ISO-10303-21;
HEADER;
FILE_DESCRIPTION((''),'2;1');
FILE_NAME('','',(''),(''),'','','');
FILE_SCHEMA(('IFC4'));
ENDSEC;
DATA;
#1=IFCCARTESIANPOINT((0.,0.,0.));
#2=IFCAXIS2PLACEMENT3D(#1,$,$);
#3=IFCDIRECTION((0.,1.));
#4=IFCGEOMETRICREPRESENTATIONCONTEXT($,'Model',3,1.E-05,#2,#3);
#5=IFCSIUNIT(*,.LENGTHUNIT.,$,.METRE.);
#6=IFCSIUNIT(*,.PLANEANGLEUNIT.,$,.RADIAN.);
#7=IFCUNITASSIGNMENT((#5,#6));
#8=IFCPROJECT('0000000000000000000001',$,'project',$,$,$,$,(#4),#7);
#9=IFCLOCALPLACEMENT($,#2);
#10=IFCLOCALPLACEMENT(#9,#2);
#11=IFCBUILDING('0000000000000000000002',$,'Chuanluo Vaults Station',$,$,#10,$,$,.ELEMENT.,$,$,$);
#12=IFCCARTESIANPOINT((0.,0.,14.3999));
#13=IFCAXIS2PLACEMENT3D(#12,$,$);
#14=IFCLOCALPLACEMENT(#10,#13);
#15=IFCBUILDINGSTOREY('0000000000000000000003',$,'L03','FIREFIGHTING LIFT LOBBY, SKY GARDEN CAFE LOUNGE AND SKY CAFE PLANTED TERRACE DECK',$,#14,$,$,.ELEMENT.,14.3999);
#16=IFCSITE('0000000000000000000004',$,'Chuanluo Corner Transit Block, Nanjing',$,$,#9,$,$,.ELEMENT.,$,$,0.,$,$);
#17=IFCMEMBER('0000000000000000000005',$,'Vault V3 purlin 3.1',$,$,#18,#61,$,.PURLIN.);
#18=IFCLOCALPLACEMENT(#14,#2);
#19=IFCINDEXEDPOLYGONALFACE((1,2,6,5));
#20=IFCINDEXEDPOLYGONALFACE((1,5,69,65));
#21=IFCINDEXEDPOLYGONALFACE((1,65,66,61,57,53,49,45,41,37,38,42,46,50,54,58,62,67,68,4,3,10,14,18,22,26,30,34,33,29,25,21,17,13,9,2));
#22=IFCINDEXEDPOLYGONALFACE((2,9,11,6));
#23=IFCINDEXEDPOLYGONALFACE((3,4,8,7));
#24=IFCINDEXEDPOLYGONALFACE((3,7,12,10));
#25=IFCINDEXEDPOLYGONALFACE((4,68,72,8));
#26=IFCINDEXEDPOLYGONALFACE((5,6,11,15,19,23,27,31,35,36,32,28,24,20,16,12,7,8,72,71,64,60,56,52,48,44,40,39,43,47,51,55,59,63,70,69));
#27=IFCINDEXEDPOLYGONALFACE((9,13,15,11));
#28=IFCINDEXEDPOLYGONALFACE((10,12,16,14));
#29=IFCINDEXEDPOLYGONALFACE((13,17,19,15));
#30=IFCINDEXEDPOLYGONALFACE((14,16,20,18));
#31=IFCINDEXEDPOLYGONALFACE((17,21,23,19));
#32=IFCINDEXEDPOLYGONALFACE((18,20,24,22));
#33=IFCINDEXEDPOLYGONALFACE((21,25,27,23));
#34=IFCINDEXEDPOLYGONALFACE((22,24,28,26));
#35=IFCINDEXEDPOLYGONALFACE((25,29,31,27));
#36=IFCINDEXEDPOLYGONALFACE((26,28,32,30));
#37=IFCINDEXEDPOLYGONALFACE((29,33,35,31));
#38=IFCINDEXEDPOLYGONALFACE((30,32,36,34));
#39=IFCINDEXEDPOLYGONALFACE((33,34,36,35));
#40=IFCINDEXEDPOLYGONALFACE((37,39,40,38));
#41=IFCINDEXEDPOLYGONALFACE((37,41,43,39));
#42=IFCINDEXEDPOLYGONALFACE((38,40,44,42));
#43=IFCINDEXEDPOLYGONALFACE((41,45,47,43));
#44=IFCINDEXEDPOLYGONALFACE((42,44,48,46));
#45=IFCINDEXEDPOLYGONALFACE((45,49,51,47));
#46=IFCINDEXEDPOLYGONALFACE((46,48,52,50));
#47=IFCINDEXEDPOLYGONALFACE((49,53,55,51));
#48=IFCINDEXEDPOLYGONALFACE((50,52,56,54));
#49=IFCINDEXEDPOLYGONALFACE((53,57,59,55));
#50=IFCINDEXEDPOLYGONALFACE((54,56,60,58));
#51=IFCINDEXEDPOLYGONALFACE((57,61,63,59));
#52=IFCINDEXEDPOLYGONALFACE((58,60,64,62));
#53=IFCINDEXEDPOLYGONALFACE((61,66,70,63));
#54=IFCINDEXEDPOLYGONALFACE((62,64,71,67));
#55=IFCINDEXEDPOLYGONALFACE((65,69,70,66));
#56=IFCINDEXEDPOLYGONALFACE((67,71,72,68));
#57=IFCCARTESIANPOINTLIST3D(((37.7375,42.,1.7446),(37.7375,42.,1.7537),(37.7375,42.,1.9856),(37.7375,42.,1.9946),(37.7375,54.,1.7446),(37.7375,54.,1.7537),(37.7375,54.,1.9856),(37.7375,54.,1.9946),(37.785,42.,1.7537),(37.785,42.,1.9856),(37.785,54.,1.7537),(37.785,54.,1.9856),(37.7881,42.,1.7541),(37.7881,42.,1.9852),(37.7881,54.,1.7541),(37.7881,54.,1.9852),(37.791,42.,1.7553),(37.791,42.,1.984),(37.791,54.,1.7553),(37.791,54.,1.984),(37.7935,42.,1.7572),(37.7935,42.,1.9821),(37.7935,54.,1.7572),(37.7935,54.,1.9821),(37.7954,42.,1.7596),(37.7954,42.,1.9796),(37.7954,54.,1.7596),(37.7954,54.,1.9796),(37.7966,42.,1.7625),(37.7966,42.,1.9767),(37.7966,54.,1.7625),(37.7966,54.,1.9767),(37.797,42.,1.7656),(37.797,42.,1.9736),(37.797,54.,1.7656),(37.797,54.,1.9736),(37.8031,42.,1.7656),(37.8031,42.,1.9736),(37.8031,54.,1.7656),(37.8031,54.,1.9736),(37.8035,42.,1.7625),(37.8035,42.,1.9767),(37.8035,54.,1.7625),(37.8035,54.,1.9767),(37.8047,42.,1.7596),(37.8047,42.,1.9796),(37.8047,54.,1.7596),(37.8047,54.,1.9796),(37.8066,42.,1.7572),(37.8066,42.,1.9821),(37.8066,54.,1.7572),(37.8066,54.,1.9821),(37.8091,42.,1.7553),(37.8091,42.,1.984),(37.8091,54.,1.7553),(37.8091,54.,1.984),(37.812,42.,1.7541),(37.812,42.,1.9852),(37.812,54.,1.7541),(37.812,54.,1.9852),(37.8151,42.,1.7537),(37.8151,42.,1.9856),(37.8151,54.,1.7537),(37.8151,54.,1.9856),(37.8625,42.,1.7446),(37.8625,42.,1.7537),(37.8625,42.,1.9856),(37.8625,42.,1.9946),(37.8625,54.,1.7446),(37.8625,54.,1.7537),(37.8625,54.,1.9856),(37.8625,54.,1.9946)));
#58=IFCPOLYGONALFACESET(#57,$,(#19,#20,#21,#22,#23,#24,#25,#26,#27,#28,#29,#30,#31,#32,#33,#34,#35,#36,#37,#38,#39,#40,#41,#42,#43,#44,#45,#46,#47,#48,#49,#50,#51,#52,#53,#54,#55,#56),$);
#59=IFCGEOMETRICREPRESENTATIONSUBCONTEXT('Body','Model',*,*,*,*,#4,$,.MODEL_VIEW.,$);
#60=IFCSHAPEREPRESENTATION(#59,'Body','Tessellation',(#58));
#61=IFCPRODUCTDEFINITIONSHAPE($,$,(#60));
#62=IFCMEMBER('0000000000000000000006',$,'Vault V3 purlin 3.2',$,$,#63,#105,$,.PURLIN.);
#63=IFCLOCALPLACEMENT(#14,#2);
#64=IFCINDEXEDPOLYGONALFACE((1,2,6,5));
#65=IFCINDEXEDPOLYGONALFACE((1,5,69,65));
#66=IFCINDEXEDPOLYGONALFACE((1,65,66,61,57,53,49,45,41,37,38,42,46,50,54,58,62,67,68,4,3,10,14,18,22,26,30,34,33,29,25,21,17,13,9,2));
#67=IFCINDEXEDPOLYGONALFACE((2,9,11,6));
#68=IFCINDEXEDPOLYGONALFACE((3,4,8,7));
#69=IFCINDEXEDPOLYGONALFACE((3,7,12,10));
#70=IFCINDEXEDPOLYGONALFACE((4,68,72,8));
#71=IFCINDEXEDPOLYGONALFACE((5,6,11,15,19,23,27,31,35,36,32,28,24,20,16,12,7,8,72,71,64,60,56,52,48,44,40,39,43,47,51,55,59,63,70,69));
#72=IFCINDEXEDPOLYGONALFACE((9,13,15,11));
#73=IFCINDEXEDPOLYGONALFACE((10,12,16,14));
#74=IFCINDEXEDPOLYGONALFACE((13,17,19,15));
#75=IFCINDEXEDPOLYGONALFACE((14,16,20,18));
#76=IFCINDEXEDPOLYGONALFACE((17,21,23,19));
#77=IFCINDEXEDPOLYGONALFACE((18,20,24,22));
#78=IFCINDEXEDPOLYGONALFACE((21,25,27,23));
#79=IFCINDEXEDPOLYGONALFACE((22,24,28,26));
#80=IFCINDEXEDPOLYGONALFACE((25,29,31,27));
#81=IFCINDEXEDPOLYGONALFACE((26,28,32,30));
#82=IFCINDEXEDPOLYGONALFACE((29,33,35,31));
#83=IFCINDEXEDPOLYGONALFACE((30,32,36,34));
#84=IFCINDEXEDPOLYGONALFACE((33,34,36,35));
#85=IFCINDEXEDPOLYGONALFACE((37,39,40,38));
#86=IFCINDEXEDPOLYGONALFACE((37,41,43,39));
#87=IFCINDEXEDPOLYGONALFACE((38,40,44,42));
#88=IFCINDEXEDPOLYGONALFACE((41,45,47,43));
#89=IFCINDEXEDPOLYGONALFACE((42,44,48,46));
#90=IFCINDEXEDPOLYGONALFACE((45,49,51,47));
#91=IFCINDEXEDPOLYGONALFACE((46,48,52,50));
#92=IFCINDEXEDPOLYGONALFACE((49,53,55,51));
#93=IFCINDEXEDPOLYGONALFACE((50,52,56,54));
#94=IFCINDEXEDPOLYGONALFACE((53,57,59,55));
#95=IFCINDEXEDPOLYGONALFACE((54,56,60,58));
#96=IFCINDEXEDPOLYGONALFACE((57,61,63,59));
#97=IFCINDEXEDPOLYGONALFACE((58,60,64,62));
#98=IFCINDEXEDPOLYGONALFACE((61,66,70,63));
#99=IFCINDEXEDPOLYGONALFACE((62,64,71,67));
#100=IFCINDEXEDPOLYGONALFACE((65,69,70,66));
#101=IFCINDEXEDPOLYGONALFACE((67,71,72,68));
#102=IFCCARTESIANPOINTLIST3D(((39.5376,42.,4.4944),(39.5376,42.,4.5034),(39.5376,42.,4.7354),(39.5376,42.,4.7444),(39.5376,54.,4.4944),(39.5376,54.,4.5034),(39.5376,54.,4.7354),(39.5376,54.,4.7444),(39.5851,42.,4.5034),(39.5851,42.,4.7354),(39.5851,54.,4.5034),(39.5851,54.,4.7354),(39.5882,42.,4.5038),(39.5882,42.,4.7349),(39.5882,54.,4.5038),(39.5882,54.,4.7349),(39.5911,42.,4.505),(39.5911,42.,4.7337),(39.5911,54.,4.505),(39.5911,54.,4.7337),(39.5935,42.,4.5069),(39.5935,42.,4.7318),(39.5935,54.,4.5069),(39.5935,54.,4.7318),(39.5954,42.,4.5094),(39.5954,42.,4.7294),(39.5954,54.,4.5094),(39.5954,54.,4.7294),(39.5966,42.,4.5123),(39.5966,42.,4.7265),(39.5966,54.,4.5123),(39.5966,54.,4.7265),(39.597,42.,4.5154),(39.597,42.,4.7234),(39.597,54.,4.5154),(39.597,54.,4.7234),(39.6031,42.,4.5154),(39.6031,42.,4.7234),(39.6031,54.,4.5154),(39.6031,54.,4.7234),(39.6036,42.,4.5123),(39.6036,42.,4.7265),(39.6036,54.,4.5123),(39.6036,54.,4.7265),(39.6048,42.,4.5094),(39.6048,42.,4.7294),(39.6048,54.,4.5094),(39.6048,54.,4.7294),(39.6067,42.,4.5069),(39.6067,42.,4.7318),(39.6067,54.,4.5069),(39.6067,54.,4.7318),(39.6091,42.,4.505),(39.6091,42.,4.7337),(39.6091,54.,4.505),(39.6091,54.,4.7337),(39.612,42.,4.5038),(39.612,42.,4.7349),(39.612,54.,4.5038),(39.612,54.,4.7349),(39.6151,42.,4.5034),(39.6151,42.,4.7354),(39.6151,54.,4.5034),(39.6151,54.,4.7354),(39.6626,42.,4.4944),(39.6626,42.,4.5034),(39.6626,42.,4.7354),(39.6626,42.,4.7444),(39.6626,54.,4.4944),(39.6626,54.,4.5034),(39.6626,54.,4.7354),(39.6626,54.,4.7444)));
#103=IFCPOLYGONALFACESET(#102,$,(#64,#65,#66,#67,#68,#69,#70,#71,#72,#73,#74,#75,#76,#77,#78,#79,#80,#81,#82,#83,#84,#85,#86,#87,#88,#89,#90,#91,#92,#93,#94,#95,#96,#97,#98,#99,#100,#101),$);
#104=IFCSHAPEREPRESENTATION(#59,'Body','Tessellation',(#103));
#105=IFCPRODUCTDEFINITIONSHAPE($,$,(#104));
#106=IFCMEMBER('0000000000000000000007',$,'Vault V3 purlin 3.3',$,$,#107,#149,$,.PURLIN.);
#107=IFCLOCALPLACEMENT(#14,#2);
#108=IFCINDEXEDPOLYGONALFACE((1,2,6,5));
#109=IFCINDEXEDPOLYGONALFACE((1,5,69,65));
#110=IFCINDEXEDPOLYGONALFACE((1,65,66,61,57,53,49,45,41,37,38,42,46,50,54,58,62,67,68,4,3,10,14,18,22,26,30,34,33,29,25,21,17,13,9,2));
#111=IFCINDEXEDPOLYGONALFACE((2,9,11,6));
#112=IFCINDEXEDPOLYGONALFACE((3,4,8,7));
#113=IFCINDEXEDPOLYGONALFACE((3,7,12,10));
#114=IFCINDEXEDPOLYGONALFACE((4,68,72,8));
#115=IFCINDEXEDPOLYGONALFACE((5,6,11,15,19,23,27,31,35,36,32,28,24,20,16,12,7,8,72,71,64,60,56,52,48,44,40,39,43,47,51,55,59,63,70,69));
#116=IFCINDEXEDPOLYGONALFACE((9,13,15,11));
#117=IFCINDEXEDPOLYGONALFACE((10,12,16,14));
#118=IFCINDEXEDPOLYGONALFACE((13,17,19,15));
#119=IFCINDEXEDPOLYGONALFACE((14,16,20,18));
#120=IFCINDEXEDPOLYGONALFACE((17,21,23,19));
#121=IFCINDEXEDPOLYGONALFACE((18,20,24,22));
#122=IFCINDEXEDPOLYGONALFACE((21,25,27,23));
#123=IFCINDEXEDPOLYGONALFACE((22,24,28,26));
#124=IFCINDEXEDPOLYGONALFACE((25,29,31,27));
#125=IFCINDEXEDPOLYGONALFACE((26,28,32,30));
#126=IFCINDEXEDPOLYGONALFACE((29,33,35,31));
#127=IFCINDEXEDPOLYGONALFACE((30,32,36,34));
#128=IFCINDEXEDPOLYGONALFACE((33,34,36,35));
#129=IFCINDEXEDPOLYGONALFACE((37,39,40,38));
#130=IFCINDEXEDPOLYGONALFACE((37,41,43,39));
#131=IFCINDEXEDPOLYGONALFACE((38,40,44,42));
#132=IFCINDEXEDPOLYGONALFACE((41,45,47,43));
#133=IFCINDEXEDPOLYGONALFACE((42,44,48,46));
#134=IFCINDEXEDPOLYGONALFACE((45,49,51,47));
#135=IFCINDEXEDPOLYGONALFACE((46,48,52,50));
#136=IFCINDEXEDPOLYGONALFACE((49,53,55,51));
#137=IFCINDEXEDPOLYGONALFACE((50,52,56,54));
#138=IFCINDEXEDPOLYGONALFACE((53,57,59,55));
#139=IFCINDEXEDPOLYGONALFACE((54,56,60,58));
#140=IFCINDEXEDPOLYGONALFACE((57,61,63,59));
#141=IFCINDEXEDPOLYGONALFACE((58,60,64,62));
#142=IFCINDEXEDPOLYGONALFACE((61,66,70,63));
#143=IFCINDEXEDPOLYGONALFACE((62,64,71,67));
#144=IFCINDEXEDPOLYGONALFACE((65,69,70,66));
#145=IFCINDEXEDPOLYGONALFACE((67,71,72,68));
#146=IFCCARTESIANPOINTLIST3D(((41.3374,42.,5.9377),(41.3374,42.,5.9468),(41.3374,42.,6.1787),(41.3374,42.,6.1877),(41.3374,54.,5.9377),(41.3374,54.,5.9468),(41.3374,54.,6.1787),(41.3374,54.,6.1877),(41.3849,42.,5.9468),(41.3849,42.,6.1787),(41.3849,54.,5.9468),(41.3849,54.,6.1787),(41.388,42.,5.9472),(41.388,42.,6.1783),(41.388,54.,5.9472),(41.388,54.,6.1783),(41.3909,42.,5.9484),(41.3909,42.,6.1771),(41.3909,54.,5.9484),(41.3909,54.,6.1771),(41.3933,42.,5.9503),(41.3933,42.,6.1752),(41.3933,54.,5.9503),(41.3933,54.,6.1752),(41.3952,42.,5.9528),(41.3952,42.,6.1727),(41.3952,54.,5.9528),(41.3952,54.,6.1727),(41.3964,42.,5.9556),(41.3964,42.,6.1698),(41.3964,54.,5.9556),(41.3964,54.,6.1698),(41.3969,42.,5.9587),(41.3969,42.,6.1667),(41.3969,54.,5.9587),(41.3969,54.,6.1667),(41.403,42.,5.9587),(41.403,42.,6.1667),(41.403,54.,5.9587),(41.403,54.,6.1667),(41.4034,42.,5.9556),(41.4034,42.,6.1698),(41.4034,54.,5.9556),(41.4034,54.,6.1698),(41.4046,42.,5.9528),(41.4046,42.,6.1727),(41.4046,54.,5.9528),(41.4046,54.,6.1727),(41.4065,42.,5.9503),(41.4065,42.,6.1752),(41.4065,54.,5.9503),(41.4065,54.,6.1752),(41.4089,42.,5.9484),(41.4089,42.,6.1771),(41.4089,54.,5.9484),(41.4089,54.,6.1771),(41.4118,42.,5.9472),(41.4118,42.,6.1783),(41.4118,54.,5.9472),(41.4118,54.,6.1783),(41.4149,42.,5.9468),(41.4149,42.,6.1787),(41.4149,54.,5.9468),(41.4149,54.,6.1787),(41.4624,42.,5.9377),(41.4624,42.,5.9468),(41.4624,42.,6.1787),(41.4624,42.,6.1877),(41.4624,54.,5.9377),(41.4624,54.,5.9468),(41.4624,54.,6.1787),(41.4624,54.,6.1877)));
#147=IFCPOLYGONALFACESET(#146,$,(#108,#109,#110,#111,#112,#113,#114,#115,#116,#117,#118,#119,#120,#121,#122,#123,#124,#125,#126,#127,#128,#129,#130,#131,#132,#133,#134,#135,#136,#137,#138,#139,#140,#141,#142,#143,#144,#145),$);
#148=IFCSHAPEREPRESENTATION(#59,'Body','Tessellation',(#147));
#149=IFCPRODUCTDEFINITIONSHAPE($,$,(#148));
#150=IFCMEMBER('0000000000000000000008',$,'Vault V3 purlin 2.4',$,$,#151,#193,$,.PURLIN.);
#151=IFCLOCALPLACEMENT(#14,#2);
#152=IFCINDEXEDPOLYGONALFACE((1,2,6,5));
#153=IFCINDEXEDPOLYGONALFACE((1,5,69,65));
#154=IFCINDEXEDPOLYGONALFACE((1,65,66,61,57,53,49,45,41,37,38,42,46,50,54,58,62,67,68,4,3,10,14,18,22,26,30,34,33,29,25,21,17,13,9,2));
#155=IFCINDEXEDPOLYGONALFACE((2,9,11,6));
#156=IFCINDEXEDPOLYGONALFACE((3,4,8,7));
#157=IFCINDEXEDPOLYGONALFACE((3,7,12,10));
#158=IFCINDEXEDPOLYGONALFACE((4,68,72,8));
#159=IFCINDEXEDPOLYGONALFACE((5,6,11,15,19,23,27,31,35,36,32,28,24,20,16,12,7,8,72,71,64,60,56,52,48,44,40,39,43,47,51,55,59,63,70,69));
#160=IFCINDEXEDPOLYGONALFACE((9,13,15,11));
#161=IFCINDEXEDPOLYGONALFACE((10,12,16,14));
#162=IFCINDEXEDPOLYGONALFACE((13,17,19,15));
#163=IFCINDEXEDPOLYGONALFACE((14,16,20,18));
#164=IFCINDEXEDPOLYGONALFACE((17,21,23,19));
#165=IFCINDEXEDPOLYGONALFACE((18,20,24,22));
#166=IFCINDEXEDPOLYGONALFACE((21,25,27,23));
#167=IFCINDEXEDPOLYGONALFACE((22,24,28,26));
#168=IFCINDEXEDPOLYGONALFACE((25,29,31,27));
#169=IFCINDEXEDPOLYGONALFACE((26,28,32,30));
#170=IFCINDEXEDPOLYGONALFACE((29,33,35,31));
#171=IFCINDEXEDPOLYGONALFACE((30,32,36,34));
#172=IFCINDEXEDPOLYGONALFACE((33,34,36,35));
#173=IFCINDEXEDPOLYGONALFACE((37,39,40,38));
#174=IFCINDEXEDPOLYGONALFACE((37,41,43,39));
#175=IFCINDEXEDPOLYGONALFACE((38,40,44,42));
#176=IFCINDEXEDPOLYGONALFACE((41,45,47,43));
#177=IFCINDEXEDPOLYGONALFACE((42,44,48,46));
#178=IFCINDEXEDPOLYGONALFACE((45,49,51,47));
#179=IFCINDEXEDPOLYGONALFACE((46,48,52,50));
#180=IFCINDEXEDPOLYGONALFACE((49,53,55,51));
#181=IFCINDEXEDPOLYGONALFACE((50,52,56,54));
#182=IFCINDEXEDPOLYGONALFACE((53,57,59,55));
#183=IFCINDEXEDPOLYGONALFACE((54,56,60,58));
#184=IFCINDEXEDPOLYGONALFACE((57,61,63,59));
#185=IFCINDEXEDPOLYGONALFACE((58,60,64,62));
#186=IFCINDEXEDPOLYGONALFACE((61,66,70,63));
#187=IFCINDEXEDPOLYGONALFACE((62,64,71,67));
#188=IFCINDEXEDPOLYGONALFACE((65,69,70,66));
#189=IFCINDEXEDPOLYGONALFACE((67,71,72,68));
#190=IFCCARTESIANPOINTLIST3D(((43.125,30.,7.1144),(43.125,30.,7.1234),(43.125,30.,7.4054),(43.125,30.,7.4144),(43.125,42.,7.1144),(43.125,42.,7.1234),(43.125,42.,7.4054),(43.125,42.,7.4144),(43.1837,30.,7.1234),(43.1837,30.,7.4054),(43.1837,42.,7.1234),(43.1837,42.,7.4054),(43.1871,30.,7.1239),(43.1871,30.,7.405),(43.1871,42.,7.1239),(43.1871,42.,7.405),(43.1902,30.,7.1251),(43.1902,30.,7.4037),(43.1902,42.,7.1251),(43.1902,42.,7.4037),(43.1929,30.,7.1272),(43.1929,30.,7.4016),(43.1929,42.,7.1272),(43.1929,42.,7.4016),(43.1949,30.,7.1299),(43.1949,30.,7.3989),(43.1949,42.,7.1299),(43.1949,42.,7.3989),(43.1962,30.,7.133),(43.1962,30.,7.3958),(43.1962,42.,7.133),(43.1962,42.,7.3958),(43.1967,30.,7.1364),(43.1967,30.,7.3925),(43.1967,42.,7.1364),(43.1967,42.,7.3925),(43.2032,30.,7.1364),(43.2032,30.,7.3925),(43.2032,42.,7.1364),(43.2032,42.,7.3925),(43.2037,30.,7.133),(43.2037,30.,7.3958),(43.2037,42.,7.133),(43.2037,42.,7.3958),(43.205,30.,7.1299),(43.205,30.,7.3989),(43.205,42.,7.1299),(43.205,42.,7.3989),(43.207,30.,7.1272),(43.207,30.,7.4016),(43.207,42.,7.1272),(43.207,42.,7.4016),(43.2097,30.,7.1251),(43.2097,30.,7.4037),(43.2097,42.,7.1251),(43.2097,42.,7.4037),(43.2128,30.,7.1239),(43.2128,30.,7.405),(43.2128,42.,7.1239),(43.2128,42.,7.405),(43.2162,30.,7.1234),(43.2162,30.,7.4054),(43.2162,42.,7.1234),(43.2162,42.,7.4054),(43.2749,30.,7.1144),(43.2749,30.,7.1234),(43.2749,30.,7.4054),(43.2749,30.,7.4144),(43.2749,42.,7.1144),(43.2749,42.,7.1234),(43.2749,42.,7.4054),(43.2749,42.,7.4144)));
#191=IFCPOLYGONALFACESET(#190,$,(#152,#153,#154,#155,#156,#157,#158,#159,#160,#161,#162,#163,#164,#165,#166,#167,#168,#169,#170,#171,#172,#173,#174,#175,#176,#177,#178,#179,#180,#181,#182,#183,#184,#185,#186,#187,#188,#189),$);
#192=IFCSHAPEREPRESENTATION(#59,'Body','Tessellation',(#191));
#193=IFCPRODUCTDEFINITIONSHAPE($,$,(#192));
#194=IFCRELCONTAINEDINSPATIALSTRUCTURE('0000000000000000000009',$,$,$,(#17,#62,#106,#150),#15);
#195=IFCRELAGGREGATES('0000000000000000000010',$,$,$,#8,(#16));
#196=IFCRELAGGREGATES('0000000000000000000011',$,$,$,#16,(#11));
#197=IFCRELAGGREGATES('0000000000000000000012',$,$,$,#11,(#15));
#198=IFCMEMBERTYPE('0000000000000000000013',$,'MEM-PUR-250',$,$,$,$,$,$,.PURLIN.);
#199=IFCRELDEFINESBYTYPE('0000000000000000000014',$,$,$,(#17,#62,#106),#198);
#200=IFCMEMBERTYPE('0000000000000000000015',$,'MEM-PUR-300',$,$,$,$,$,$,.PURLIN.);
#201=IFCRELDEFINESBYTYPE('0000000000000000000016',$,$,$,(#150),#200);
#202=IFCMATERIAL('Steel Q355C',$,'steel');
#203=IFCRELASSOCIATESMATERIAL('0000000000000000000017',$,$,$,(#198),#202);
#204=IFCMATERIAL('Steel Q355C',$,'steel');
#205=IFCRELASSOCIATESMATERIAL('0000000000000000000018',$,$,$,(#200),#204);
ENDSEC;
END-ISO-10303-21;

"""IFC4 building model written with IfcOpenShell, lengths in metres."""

from ifc_helpers import new_model, si_unit, direction, frame, origin, origin_2d, place, context, subcontext, project, spatial, i_section, extrude, material, material_profile, profile_set, type_object, element, save


model = new_model("IFC4")

# Units and contexts
model_context = context("Model", 3, precision=1e-05, world=origin(), true_north=direction((0.0, 1.0)))
body_context = subcontext(model_context, "Body", "Model", "MODEL_VIEW")
ifc_project = project(units=[si_unit("LENGTHUNIT", "METRE"), si_unit("PLANEANGLEUNIT", "RADIAN")], contexts=[model_context])

# Site, building, storey
site_placement = place(None, origin())
site = spatial("IfcSite", under=ifc_project, at=site_placement, Name="Chuanluo Corner Transit Block, Nanjing", CompositionType="ELEMENT", RefElevation=0.0)
building_placement = place(site_placement, origin())
building = spatial("IfcBuilding", under=site, at=building_placement, Name="Chuanluo Vaults Station", CompositionType="ELEMENT")
storey_placement = place(building_placement, frame((0.0, 0.0, 14.3999)))
storey = spatial("IfcBuildingStorey", under=building, at=storey_placement, Name="L03", Description="FIREFIGHTING LIFT LOBBY, SKY GARDEN CAFE LOUNGE AND SKY CAFE PLANTED TERRACE DECK", CompositionType="ELEMENT", Elevation=14.3999)

# Members
ifc_material_1 = material(Name="Steel Q355C", Category="steel")
ifc_material_profile_1 = material_profile(ifc_material_1, i_section(OverallWidth=0.125, OverallDepth=0.25, WebThickness=0.0061, FlangeThickness=0.009, FilletRadius=0.012, at=origin_2d()))
ifc_profile_set_1 = profile_set([ifc_material_profile_1], Name="Steel Q355C")
member_type_1 = type_object("IfcMemberType", Name="MEM-PUR-250", PredefinedType="PURLIN", material=ifc_profile_set_1)
for number, where, z_axis, x_axis, name in (
    (1, (37.8, 42.0, 1.8696), (0.0, 1.0, 0.0), (-1.0, 0.0, 0.0), "Vault V3 purlin 3.1"),
    (2, (39.6001, 42.0, 4.6194), (0.0, 1.0, 0.0), (-1.0, 0.0, 0.0), "Vault V3 purlin 3.2"),
    (3, (41.3999, 42.0, 6.0627), (0.0, 1.0, 0.0), (-1.0, 0.0, 0.0), "Vault V3 purlin 3.3"),
):
    element("IfcMember", number, at=place(storey_placement, frame(where, z_axis=z_axis, x_axis=x_axis)), inside=storey, type_object=member_type_1, Name=name, PredefinedType="PURLIN", context=body_context, shape_type="SweptSolid", body=[
        extrude(i_section(OverallWidth=0.125, OverallDepth=0.25, WebThickness=0.0061, FlangeThickness=0.009, FilletRadius=0.012, at=origin_2d()), origin(), (0.0, 0.0, 1.0), 12.0),
    ])
ifc_material_2 = material(Name="Steel Q355C", Category="steel")
ifc_material_profile_2 = material_profile(ifc_material_2, i_section(OverallWidth=0.1499, OverallDepth=0.3, WebThickness=0.0066, FlangeThickness=0.009, FilletRadius=0.0129, at=origin_2d()))
ifc_profile_set_2 = profile_set([ifc_material_profile_2], Name="Steel Q355C")
member_type_2 = type_object("IfcMemberType", Name="MEM-PUR-300", PredefinedType="PURLIN", material=ifc_profile_set_2)
for number, where, z_axis, x_axis, name in (
    (4, (43.2, 30.0, 7.2644), (0.0, 1.0, 0.0), (-1.0, 0.0, 0.0), "Vault V3 purlin 2.4"),
):
    element("IfcMember", number, at=place(storey_placement, frame(where, z_axis=z_axis, x_axis=x_axis)), inside=storey, type_object=member_type_2, Name=name, PredefinedType="PURLIN", context=body_context, shape_type="SweptSolid", body=[
        extrude(i_section(OverallWidth=0.1499, OverallDepth=0.3, WebThickness=0.0066, FlangeThickness=0.009, FilletRadius=0.0129, at=origin_2d()), origin(), (0.0, 0.0, 1.0), 12.0),
    ])

save(model, "model.ifc")
